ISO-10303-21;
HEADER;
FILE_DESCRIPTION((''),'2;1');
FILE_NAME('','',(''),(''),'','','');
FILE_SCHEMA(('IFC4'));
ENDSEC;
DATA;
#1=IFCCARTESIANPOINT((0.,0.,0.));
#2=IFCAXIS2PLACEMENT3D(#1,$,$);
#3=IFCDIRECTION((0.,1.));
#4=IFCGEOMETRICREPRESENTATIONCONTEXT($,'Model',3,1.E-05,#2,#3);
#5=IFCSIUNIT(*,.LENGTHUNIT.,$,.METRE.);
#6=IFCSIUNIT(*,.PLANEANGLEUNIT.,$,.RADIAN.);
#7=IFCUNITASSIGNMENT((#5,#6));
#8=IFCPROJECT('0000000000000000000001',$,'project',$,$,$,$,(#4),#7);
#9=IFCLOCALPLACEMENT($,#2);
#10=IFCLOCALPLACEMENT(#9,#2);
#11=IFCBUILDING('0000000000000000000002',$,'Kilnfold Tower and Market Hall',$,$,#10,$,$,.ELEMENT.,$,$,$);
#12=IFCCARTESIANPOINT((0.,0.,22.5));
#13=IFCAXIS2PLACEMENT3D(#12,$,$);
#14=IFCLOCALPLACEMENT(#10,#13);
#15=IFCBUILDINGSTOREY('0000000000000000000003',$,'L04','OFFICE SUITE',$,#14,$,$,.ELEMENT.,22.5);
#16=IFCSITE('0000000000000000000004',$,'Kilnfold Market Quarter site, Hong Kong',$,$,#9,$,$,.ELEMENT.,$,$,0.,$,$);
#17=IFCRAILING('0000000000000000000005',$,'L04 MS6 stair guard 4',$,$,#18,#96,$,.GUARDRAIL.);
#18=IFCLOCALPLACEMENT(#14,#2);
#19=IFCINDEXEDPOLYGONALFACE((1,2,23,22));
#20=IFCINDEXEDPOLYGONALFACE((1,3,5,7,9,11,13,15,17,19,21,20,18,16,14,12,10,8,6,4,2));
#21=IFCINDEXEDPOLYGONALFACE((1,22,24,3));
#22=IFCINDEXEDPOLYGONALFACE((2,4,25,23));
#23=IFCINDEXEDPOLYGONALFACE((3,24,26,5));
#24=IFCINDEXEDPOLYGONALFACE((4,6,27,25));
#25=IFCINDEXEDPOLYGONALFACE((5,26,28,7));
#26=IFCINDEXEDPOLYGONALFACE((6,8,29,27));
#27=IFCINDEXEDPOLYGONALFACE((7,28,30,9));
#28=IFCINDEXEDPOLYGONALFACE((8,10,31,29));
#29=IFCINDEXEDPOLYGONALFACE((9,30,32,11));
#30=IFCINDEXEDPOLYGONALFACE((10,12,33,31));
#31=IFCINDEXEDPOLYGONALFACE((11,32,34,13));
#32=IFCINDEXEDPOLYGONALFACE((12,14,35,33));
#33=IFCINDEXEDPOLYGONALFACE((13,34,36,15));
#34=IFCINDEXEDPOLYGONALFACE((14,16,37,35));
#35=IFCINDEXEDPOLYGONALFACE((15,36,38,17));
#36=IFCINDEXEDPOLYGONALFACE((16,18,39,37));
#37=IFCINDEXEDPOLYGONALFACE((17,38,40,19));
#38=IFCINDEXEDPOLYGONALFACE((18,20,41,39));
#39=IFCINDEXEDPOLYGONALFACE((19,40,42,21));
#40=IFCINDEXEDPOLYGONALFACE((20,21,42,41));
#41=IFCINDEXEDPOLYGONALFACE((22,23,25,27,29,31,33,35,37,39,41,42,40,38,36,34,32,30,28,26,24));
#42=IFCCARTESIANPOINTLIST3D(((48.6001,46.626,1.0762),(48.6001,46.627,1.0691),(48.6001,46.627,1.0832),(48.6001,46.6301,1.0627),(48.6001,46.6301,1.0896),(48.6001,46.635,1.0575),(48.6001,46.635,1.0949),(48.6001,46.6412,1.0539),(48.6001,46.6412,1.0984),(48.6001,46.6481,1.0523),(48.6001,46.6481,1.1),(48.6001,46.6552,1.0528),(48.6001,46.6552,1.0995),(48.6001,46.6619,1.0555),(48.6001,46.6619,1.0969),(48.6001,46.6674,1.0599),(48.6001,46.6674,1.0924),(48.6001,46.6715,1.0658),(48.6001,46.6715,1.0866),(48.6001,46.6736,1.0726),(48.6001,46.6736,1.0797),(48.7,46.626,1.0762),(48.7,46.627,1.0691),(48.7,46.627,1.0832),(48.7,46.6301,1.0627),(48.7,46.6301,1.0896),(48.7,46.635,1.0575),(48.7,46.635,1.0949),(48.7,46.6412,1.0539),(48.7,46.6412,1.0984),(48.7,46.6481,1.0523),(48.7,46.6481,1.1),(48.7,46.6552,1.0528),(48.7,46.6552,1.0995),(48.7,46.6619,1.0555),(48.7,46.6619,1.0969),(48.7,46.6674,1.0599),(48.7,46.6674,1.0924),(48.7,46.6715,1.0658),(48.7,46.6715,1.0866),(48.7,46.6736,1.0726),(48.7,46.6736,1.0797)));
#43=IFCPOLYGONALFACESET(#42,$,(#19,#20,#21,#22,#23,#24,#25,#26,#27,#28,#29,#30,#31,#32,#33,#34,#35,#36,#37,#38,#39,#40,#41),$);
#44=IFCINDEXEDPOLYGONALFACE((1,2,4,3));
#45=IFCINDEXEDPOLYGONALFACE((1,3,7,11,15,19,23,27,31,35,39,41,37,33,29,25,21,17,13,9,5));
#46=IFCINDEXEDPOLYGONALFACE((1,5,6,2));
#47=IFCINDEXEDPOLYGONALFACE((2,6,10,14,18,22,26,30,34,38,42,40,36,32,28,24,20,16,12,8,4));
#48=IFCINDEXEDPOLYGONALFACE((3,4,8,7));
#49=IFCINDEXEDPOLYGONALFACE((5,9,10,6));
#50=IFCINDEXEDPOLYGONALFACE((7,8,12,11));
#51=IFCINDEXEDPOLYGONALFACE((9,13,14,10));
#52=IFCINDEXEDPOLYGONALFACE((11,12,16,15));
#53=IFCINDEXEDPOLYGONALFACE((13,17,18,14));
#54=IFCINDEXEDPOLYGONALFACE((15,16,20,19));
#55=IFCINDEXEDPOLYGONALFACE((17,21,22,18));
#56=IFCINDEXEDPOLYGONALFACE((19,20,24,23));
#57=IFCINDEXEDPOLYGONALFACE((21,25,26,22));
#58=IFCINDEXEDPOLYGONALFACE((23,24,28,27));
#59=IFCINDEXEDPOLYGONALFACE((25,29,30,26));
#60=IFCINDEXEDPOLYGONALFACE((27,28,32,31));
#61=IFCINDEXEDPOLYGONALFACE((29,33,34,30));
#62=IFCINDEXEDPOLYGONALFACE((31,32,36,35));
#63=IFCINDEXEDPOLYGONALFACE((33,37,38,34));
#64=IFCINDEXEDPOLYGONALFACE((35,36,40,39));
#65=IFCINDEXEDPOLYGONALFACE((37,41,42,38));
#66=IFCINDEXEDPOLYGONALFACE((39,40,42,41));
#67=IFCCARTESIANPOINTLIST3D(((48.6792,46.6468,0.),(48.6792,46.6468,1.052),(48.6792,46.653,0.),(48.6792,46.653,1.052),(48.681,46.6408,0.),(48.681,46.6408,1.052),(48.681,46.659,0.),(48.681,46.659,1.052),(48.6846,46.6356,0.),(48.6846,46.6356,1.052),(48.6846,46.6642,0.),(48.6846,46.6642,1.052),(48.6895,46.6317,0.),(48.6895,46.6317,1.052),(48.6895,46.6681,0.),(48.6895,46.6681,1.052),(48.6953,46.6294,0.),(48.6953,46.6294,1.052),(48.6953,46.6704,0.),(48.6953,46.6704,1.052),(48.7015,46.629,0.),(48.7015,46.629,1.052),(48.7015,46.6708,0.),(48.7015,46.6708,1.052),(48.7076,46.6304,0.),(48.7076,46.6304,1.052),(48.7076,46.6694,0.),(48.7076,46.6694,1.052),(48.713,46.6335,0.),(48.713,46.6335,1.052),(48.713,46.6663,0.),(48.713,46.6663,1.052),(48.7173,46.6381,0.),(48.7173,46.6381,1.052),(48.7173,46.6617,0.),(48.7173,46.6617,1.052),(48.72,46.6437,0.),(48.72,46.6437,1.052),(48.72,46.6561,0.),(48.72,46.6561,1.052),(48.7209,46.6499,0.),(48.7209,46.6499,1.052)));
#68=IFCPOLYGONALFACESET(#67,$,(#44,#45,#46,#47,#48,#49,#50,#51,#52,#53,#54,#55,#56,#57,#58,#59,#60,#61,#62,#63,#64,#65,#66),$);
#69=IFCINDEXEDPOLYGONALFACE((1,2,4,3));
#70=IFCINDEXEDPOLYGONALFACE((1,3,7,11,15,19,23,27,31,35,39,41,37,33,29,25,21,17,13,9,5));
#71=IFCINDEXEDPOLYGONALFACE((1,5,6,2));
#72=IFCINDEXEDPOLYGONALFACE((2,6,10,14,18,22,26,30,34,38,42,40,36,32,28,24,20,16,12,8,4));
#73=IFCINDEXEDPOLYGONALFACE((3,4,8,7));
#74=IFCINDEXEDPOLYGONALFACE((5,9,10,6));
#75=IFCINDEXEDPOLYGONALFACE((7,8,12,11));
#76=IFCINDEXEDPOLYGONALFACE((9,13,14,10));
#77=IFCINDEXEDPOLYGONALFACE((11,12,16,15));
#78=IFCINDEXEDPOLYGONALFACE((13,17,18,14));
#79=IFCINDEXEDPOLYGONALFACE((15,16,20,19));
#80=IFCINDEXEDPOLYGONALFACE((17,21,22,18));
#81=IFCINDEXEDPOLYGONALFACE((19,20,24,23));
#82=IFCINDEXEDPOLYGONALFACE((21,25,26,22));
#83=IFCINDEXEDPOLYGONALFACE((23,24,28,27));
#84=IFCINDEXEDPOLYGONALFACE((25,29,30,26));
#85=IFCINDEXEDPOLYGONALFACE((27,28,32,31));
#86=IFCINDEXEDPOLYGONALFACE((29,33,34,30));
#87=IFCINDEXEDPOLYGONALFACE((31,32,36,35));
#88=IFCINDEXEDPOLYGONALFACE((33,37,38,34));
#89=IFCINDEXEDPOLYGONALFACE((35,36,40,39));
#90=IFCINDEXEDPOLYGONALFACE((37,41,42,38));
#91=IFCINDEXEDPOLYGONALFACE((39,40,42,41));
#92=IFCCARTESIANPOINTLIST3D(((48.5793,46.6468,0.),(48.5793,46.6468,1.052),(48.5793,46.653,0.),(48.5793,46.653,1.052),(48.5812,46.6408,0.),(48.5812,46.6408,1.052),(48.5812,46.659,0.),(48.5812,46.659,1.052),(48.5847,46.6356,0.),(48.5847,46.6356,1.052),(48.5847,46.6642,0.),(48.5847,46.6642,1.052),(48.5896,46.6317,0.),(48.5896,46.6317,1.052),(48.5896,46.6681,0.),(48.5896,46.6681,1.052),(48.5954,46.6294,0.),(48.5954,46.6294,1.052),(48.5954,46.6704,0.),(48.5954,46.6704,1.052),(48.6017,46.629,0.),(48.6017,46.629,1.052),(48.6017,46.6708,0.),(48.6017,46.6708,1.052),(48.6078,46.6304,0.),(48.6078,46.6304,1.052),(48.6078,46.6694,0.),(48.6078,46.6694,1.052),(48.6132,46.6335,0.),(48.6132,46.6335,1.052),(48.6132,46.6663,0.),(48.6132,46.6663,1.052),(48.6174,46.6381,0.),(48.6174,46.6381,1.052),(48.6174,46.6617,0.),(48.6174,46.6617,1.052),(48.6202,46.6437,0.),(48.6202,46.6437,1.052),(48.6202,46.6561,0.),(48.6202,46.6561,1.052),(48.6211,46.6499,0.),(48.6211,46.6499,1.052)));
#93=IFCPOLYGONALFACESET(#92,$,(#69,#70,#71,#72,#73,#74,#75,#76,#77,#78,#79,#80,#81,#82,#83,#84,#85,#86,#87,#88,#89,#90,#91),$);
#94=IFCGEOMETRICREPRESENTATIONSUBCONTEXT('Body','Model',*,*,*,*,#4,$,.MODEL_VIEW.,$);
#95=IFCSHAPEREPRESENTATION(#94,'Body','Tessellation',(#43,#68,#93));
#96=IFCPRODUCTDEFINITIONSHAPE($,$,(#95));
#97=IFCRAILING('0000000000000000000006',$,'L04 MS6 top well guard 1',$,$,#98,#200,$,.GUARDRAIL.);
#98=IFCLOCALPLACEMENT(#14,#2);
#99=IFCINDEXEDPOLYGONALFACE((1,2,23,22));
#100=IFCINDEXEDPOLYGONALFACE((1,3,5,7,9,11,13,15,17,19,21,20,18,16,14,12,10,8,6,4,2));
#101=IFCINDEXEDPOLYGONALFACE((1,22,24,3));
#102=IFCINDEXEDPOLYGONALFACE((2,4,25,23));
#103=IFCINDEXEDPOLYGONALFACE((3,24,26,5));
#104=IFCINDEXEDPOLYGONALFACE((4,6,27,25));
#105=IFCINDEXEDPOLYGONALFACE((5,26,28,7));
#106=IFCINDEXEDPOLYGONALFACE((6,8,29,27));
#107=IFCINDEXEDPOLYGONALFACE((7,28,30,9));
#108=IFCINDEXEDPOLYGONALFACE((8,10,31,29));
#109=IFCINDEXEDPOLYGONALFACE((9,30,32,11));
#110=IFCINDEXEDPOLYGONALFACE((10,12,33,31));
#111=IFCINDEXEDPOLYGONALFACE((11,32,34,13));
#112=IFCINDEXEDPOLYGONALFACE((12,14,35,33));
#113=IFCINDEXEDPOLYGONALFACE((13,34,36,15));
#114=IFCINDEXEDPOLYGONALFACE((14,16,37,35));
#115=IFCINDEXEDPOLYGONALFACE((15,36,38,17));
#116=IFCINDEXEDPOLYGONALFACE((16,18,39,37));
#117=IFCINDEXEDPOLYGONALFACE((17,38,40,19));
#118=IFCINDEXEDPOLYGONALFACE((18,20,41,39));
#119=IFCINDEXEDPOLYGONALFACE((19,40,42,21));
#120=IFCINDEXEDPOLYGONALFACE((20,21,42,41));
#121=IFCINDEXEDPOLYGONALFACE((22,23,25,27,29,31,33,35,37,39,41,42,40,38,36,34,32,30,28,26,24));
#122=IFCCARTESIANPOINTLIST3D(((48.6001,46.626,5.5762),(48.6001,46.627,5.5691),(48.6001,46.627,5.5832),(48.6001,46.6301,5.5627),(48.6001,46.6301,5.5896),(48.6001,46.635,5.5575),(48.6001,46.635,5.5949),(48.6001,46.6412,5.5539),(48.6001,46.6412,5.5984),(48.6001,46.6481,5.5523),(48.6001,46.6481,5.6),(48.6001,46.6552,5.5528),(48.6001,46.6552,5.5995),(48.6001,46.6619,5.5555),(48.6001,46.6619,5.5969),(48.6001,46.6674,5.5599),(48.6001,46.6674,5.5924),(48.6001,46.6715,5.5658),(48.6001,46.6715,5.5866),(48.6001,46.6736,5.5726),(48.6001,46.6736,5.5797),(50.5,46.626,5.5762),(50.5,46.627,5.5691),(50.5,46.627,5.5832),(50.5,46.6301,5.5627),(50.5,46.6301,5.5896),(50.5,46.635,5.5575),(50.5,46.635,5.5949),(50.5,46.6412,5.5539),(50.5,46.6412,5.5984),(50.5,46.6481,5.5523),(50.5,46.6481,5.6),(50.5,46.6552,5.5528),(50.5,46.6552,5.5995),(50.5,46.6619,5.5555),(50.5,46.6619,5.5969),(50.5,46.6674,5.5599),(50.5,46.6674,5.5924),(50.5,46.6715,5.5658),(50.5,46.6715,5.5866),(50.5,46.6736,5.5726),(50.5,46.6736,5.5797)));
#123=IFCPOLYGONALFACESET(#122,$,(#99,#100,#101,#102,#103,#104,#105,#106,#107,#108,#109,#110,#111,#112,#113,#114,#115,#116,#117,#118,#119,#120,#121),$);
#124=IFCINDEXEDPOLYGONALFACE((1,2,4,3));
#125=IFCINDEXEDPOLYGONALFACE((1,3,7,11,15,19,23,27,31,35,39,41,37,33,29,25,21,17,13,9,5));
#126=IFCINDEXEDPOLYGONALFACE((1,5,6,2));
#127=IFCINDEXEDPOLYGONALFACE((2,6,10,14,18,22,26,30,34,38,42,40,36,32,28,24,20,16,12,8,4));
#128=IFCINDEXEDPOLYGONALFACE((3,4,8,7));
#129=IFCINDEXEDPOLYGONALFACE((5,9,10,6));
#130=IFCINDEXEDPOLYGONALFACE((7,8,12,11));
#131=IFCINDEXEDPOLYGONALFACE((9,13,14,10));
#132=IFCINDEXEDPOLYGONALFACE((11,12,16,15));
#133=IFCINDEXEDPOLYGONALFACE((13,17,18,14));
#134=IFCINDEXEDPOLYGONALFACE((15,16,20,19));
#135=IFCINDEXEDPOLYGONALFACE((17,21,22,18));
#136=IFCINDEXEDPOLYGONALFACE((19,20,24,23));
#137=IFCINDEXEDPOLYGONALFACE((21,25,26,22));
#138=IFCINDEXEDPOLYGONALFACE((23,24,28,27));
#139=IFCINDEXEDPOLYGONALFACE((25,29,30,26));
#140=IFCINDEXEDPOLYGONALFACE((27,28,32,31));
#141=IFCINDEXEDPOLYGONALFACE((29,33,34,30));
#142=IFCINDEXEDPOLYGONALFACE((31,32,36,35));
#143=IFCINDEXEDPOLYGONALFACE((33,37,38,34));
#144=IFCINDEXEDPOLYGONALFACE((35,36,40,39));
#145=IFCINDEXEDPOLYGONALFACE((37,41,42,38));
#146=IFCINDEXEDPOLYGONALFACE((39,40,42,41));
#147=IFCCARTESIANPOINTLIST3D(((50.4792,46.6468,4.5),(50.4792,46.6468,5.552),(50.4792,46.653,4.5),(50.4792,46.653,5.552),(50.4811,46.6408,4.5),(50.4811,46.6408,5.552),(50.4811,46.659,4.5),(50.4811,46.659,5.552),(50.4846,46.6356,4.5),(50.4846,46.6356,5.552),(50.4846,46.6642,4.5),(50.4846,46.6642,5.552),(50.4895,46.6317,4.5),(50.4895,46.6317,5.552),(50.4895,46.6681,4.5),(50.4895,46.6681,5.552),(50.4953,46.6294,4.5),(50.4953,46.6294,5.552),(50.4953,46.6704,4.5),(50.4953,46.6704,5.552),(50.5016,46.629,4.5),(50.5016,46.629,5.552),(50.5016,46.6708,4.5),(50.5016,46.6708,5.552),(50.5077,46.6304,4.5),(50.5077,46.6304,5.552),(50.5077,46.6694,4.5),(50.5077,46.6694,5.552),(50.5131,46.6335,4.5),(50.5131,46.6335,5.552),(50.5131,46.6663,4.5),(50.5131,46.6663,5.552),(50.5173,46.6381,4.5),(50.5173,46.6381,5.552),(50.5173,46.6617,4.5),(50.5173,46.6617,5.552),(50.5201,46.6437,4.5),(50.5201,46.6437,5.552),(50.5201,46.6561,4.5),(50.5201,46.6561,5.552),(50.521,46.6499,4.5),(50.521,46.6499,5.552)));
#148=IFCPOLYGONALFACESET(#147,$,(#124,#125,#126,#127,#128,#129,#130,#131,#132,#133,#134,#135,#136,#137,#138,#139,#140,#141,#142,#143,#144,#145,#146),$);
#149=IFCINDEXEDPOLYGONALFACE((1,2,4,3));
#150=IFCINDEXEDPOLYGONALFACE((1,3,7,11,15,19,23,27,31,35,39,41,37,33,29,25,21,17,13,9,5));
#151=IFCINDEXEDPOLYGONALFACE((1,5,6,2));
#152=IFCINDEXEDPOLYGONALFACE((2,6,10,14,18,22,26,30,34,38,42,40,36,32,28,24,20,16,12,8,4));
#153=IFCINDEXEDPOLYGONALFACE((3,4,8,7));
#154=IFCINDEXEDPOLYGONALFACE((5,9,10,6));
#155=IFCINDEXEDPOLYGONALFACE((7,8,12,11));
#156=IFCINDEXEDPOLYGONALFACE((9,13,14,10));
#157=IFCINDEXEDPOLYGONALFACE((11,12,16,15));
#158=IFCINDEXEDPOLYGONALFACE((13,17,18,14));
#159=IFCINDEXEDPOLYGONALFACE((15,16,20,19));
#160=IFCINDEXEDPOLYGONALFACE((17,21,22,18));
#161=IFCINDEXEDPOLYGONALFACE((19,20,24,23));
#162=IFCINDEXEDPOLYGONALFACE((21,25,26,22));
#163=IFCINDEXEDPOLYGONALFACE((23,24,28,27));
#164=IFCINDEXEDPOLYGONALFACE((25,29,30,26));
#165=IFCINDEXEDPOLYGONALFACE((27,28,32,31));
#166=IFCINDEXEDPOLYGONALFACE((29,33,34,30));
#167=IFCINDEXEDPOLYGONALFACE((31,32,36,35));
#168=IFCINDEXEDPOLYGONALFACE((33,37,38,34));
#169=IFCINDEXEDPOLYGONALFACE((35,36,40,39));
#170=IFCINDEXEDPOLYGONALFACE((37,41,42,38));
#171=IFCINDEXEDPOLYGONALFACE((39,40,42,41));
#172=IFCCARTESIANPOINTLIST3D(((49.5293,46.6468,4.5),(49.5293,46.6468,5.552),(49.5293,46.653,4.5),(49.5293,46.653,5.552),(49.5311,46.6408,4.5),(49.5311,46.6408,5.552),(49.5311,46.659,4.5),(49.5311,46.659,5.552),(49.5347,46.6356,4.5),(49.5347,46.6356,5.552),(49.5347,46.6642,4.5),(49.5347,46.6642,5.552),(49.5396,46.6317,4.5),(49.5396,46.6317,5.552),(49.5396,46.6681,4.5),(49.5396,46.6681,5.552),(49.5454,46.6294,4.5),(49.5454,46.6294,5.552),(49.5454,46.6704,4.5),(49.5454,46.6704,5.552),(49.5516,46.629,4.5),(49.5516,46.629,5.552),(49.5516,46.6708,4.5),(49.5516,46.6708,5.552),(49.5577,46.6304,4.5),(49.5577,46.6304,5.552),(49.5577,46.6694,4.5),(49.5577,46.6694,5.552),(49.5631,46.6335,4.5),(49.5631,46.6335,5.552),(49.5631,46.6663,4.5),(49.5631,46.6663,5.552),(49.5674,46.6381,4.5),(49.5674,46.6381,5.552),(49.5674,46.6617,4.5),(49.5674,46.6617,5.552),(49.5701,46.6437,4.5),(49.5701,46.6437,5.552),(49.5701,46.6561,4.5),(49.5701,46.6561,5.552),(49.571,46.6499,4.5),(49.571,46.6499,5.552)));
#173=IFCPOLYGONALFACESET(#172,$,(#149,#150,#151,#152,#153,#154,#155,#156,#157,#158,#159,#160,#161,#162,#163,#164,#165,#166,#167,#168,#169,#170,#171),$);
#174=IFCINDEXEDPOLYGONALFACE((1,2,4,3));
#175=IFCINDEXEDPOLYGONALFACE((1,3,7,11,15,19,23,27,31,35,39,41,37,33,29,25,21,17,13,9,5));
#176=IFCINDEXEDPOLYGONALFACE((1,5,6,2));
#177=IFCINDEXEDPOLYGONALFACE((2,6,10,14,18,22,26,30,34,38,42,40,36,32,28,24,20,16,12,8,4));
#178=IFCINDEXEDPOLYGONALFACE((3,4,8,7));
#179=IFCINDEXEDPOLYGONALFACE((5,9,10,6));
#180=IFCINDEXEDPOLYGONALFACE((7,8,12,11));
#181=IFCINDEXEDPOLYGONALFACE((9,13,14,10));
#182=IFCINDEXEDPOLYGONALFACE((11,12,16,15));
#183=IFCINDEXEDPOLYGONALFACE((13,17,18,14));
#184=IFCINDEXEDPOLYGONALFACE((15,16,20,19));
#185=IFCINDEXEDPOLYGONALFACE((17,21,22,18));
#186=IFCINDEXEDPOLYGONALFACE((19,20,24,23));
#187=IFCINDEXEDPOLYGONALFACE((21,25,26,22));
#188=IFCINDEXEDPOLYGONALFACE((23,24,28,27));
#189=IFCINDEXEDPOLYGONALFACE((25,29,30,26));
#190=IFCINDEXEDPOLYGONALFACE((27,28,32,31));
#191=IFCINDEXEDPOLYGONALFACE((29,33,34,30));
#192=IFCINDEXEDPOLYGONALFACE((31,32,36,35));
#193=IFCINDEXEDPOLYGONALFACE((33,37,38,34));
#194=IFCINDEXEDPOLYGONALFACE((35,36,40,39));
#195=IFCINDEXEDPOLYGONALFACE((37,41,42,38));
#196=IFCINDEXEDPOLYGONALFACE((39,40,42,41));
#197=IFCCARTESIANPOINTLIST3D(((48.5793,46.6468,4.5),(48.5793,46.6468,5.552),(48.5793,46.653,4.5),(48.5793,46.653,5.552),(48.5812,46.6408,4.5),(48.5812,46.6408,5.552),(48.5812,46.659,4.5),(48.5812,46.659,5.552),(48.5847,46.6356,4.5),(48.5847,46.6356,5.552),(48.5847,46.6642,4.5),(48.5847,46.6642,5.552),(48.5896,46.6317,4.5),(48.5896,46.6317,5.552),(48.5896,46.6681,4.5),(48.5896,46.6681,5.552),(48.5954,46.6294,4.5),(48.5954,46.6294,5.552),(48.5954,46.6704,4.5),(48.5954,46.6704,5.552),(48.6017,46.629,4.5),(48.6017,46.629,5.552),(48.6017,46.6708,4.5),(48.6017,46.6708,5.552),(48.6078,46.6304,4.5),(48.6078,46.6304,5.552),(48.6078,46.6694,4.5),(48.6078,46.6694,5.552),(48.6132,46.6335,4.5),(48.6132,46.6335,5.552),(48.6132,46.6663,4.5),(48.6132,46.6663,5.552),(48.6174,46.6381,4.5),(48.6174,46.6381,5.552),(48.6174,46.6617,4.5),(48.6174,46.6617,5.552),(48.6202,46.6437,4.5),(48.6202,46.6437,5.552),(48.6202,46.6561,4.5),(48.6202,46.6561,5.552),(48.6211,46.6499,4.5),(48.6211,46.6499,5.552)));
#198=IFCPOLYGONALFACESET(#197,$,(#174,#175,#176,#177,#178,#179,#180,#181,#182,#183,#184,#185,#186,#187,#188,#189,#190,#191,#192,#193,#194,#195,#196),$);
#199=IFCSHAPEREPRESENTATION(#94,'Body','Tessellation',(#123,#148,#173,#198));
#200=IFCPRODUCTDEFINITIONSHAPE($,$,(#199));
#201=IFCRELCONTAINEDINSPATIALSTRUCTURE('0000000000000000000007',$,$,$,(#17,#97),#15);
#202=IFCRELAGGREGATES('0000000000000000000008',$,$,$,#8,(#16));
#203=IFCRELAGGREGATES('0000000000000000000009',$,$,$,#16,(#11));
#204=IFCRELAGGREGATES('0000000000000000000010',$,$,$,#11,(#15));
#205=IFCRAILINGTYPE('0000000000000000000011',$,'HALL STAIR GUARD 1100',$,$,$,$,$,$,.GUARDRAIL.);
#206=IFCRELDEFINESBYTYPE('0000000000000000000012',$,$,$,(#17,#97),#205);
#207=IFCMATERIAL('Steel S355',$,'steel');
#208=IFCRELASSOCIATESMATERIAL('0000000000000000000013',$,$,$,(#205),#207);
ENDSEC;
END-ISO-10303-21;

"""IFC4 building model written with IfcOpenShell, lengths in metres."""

from ifc_helpers import new_model, si_unit, direction, frame, origin, origin_2d, place, context, subcontext, project, spatial, circle, extrude, material, type_object, element, save


model = new_model("IFC4")

# Units and contexts
model_context = context("Model", 3, precision=1e-05, world=origin(), true_north=direction((0.0, 1.0)))
body_context = subcontext(model_context, "Body", "Model", "MODEL_VIEW")
ifc_project = project(units=[si_unit("LENGTHUNIT", "METRE"), si_unit("PLANEANGLEUNIT", "RADIAN")], contexts=[model_context])

# Site, building, storey
site_placement = place(None, origin())
site = spatial("IfcSite", under=ifc_project, at=site_placement, Name="Kilnfold Market Quarter site, Hong Kong", CompositionType="ELEMENT", RefElevation=0.0)
building_placement = place(site_placement, origin())
building = spatial("IfcBuilding", under=site, at=building_placement, Name="Kilnfold Tower and Market Hall", CompositionType="ELEMENT")
storey_placement = place(building_placement, frame((0.0, 0.0, 22.5)))
storey = spatial("IfcBuildingStorey", under=building, at=storey_placement, Name="L04", Description="OFFICE SUITE", CompositionType="ELEMENT", Elevation=22.5)

# Railings
ifc_material_1 = material(Name="Steel S355", Category="steel")
railing_type_1 = type_object("IfcRailingType", Name="HALL STAIR GUARD 1100", PredefinedType="GUARDRAIL", material=ifc_material_1)
railing_1_placement = place(storey_placement, frame((48.7, 46.6499, 0.0)))
element("IfcRailing", 1, at=railing_1_placement, inside=storey, type_object=railing_type_1, Name="L04 MS6 stair guard 4", PredefinedType="GUARDRAIL", context=body_context, shape_type="SweptSolid", body=[
    extrude(circle(Radius=0.0239, at=origin_2d()), frame((0.0, 0.0, 1.0762), z_axis=(-1.0, 0.0, 0.0), x_axis=(0.0, -1.0, 0.0)), (0.0, 0.0, 1.0), 0.0999),
    extrude(circle(Radius=0.021, at=origin_2d()), origin(), (0.0, 0.0, 1.0), 1.052),
    extrude(circle(Radius=0.021, at=origin_2d()), frame((-0.0999, 0.0, 0.0)), (0.0, 0.0, 1.0), 1.052),
])
railing_2_placement = place(storey_placement, frame((50.5, 46.6499, 4.5)))
element("IfcRailing", 2, at=railing_2_placement, inside=storey, type_object=railing_type_1, Name="L04 MS6 top well guard 1", PredefinedType="GUARDRAIL", context=body_context, shape_type="SweptSolid", body=[
    extrude(circle(Radius=0.0239, at=origin_2d()), frame((0.0, 0.0, 1.0762), z_axis=(-1.0, 0.0, 0.0), x_axis=(0.0, -1.0, 0.0)), (0.0, 0.0, 1.0), 1.8999),
    extrude(circle(Radius=0.021, at=origin_2d()), origin(), (0.0, 0.0, 1.0), 1.052),
    extrude(circle(Radius=0.021, at=origin_2d()), frame((-0.95, 0.0, 0.0)), (0.0, 0.0, 1.0), 1.052),
    extrude(circle(Radius=0.021, at=origin_2d()), frame((-1.8999, 0.0, 0.0)), (0.0, 0.0, 1.0), 1.052),
])

save(model, "model.ifc")
